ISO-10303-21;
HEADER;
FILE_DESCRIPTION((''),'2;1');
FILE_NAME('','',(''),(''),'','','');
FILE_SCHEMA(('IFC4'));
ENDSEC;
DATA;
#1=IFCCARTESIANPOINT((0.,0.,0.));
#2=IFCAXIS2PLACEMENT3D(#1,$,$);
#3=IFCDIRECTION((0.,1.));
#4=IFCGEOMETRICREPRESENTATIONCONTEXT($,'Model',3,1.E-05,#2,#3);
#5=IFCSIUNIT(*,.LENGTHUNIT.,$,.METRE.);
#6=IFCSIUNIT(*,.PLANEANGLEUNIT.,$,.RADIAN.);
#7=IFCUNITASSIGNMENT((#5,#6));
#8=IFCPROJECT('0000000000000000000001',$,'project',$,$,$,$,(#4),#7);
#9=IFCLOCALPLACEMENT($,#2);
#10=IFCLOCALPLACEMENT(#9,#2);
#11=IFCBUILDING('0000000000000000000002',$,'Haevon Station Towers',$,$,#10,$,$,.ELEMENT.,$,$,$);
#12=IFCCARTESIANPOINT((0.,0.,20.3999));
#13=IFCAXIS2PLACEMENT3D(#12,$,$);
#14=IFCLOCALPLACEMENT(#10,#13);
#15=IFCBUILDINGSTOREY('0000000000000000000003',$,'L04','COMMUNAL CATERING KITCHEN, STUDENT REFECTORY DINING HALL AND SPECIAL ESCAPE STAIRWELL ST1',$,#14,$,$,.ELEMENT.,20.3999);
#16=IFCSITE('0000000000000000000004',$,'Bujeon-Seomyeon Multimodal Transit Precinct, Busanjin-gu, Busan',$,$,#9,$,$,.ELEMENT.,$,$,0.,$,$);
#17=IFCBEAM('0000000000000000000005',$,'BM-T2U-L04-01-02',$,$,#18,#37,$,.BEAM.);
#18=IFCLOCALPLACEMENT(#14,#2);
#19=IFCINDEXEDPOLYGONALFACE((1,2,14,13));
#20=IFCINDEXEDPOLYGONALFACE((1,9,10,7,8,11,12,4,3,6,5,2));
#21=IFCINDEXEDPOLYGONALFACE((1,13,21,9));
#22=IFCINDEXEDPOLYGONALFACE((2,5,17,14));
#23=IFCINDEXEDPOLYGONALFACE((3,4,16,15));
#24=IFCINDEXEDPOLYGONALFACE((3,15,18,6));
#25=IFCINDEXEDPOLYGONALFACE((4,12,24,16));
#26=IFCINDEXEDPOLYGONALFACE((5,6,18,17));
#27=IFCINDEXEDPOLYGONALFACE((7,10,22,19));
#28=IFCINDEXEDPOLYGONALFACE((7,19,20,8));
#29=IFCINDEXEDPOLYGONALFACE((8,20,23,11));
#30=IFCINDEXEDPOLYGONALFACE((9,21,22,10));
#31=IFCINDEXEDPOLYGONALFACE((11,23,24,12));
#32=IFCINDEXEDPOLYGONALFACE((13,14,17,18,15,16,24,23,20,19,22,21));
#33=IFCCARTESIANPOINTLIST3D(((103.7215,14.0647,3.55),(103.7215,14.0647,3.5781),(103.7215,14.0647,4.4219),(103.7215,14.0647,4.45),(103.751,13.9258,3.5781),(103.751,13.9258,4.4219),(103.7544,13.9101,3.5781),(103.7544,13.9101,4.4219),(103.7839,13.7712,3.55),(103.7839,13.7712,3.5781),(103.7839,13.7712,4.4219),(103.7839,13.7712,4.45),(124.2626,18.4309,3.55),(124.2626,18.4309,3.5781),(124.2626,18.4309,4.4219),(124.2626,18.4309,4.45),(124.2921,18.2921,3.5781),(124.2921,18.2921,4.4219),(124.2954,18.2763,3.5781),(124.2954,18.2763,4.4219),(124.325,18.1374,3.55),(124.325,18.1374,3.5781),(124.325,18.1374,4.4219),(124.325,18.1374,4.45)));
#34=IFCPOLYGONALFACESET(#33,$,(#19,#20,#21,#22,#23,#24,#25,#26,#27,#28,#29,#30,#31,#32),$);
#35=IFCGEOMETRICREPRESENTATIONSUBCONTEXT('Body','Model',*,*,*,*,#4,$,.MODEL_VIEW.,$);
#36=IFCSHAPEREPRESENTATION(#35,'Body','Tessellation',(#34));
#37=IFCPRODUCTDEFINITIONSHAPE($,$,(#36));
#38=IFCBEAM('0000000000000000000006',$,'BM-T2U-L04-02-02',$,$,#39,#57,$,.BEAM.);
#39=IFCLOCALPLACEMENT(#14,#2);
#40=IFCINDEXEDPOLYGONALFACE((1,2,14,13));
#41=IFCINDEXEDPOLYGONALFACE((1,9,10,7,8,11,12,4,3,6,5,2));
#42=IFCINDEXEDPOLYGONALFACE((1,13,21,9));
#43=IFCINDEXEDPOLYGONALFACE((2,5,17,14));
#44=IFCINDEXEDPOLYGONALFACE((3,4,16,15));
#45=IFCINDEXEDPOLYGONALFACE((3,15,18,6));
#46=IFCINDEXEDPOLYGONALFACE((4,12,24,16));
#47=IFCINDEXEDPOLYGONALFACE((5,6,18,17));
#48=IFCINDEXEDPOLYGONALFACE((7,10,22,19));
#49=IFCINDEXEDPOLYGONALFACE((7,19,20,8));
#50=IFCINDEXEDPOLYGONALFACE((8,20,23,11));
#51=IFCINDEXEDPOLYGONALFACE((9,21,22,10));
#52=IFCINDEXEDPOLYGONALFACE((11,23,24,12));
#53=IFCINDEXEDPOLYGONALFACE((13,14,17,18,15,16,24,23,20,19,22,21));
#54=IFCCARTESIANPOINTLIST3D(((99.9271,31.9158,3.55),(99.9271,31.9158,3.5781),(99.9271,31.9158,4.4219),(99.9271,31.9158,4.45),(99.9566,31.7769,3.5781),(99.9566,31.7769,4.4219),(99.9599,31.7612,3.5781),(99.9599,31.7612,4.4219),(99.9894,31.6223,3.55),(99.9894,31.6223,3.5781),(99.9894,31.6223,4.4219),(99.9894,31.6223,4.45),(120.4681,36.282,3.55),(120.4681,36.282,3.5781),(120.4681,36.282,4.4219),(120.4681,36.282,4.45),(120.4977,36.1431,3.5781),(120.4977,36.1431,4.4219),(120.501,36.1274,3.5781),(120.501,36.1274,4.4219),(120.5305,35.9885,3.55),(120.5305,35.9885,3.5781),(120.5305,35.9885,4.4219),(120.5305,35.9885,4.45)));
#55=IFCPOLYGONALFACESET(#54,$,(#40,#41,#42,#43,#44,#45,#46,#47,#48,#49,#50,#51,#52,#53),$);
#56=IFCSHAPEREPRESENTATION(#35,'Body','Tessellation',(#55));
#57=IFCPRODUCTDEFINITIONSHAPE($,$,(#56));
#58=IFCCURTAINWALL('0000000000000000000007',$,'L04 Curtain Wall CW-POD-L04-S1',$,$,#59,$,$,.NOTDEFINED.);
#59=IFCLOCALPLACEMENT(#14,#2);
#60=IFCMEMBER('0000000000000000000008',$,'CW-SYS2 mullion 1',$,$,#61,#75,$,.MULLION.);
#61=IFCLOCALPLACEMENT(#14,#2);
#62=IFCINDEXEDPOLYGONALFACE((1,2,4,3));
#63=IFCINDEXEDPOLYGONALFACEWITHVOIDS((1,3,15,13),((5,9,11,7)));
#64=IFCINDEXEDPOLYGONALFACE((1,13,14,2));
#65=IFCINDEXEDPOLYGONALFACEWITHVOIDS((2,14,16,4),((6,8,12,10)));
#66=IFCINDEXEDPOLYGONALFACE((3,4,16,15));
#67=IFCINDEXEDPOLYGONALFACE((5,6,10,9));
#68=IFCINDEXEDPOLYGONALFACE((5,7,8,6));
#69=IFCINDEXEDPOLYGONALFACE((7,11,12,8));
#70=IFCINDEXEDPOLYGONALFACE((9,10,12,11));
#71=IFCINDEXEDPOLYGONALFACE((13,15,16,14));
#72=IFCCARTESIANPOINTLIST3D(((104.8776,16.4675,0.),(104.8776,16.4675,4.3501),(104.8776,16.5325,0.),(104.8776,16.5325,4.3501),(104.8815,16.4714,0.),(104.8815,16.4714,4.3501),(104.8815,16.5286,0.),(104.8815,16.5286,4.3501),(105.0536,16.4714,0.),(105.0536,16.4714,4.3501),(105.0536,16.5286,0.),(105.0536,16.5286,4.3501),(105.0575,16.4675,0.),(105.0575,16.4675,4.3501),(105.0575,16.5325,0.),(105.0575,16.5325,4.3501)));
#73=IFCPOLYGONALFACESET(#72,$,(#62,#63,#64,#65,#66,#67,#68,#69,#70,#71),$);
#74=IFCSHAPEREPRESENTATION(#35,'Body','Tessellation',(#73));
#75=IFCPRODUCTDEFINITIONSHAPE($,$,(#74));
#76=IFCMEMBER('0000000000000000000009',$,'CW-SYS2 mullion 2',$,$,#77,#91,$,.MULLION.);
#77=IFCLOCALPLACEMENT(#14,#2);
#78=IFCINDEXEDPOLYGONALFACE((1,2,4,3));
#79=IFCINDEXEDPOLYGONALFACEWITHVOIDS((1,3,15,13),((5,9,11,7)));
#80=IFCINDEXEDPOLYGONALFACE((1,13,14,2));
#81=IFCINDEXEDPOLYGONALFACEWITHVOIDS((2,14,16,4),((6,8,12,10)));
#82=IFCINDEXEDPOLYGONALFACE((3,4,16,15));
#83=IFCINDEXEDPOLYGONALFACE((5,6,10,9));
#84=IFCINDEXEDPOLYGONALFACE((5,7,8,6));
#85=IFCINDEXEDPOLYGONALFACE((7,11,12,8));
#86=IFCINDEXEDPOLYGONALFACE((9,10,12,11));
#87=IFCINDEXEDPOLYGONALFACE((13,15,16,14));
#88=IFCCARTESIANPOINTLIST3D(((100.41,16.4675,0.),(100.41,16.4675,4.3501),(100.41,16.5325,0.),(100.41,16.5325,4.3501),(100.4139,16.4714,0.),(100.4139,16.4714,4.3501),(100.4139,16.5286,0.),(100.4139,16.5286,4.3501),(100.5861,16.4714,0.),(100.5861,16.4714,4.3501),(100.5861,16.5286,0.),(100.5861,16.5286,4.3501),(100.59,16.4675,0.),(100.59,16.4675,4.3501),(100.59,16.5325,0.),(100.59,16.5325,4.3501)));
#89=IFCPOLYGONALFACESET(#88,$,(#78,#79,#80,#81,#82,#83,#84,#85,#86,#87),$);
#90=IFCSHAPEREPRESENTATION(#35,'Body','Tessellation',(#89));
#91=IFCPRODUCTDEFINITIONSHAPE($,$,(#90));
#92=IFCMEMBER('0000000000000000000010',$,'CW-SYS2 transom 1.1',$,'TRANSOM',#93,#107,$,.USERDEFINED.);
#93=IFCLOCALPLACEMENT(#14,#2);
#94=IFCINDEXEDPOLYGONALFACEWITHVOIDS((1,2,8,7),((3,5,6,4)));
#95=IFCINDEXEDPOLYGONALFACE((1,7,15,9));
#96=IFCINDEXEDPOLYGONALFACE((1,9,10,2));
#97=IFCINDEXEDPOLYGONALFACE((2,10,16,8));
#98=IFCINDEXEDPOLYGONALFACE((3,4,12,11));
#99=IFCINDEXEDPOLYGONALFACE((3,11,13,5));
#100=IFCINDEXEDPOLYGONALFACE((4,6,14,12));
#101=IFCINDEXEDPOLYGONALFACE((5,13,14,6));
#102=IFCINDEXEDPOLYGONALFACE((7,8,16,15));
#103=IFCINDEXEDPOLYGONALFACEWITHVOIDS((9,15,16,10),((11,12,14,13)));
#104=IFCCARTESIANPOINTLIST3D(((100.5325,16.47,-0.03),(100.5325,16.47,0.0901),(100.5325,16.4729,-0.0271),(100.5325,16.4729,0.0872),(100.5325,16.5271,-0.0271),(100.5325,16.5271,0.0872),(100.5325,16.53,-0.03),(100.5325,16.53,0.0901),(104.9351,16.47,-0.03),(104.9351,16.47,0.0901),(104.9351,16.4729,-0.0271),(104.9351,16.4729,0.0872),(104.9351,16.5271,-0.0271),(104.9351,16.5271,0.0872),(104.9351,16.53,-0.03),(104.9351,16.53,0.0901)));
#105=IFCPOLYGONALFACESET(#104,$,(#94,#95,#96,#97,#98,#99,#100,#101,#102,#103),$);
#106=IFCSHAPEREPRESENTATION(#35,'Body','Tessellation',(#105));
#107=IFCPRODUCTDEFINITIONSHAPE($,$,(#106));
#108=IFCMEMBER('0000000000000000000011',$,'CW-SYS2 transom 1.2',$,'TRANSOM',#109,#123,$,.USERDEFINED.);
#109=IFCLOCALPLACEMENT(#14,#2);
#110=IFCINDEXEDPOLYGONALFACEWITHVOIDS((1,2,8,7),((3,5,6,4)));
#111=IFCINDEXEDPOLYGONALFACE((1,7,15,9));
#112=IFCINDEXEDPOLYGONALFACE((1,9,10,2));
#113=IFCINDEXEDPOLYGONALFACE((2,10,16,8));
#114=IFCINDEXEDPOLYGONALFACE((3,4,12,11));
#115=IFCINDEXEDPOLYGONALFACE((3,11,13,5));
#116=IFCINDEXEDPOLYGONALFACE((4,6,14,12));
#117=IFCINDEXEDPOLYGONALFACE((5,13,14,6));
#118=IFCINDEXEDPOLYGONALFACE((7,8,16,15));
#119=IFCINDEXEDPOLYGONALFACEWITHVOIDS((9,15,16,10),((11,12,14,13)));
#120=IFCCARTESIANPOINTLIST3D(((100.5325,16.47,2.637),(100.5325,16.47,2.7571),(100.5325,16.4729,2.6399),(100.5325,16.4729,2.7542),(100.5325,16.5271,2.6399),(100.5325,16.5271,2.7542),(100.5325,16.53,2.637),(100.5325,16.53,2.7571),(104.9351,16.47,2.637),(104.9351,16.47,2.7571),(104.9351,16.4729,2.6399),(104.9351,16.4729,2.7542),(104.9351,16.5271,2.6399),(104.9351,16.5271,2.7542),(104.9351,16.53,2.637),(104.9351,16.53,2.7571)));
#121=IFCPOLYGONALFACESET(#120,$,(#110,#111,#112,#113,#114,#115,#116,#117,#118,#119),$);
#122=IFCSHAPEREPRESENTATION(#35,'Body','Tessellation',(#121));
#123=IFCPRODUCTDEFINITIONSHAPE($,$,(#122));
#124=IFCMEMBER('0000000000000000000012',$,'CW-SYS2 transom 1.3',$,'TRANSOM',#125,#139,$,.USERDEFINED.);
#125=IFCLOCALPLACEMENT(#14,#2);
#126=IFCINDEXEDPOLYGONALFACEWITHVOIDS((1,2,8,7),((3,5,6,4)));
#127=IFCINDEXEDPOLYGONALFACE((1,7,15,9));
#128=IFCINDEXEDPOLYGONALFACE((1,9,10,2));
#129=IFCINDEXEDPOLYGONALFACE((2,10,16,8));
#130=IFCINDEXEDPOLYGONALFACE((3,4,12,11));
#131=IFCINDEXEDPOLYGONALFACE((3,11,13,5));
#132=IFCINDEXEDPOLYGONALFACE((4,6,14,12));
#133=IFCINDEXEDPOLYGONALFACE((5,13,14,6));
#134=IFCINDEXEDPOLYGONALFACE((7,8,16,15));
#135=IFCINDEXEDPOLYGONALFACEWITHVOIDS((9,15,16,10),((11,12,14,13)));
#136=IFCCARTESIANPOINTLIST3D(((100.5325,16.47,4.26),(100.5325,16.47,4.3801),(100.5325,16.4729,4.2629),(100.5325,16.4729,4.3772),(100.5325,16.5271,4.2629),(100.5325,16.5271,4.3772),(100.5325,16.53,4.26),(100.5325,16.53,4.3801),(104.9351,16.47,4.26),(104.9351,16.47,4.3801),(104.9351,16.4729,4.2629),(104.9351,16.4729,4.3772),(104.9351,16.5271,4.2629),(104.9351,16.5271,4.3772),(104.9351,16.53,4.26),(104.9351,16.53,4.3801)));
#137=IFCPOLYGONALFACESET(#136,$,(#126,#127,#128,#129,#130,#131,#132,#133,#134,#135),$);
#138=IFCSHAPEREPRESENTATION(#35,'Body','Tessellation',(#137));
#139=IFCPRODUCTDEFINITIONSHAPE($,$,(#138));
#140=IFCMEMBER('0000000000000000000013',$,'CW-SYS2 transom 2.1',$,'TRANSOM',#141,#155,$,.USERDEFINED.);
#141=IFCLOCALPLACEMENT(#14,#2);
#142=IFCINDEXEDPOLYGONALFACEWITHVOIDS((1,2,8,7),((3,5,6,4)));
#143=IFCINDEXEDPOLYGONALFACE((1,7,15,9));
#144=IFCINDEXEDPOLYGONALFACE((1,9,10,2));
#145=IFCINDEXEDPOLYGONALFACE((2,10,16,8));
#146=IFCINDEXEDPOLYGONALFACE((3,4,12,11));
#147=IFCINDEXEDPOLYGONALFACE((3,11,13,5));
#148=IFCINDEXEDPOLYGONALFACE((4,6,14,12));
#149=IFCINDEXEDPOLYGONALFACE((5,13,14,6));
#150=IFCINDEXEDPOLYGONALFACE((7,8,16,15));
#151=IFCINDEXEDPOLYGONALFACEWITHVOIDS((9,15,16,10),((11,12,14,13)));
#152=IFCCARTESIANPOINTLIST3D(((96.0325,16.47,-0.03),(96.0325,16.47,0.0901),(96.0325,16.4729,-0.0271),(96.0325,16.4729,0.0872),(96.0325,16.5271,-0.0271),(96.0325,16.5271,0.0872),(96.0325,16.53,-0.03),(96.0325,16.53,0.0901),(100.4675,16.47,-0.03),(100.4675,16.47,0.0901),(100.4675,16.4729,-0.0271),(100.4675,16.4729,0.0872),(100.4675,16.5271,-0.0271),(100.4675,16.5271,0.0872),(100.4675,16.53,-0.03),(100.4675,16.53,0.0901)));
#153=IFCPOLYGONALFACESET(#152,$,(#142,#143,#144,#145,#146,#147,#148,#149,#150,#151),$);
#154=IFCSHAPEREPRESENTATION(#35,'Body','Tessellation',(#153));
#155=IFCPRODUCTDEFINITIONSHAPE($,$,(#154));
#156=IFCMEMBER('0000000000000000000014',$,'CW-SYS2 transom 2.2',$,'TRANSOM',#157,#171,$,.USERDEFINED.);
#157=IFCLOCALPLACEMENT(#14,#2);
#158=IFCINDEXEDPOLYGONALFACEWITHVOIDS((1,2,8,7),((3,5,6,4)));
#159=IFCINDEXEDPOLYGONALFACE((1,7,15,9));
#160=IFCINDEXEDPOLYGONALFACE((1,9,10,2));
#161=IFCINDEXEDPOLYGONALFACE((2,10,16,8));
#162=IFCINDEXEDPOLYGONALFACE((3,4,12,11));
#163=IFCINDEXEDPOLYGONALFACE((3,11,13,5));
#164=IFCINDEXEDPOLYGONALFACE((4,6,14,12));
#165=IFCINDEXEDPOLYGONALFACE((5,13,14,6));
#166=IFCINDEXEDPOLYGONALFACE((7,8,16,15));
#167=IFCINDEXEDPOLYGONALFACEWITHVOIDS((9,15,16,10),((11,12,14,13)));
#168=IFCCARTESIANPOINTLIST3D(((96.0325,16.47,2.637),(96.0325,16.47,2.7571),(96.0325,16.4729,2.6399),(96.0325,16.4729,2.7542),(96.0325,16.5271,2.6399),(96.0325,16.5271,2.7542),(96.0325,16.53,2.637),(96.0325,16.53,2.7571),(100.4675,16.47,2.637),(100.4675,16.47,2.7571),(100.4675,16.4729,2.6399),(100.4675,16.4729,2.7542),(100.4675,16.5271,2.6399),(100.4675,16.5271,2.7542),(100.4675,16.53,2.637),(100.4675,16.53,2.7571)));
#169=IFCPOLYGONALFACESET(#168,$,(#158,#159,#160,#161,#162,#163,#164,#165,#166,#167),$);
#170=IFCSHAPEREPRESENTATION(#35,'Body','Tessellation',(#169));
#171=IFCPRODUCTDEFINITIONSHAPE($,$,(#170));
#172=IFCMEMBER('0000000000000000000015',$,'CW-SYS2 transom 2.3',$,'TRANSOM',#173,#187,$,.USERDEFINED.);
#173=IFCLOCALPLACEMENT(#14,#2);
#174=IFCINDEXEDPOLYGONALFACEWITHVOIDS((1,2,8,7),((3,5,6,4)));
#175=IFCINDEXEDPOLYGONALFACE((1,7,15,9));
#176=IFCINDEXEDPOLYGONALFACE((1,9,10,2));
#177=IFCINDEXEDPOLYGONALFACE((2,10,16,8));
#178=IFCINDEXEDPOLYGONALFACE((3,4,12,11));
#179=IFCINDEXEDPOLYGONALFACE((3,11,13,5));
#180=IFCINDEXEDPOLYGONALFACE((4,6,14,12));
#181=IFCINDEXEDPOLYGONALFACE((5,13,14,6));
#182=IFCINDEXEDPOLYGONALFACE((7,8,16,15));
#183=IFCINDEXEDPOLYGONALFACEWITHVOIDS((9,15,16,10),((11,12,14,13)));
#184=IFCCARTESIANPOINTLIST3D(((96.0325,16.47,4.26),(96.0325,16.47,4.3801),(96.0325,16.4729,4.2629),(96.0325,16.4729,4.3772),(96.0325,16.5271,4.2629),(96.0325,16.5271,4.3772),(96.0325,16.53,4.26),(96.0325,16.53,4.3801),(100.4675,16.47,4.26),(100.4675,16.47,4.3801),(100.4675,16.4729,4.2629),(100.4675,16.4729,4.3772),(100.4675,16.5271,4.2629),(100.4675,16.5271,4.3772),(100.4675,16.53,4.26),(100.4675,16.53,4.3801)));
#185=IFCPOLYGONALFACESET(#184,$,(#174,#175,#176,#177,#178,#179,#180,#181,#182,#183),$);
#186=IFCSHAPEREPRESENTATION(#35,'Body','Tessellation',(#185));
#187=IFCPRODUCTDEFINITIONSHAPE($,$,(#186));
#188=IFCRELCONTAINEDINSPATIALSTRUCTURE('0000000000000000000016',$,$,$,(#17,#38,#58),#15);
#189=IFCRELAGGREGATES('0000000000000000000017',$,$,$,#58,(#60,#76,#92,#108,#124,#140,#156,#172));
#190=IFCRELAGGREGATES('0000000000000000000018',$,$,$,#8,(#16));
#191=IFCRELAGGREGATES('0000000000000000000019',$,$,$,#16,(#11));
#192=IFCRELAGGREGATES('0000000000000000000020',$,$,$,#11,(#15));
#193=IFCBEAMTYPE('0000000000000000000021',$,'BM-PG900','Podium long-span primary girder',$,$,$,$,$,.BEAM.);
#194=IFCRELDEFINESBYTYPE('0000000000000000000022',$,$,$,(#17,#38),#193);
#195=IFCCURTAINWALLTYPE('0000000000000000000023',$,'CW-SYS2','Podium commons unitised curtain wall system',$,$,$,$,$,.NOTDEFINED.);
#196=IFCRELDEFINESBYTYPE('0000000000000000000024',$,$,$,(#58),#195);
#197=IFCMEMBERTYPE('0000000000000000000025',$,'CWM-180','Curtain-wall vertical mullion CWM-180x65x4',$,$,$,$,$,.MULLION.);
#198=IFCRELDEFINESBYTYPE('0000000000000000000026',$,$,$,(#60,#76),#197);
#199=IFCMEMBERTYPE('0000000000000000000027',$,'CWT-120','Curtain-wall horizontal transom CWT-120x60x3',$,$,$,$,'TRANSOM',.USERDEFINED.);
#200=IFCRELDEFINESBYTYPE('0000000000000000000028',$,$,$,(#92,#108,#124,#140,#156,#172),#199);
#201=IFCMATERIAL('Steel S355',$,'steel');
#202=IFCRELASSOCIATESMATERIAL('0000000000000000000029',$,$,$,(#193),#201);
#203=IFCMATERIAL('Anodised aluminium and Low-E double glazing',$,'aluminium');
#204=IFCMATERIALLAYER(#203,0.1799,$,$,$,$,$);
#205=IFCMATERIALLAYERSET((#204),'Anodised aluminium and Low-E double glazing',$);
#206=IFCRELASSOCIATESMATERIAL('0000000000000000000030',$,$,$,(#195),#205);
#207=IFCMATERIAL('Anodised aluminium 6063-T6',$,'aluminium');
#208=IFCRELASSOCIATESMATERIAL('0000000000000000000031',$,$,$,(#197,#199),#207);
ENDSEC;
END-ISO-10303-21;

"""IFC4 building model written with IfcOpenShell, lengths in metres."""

from ifc_helpers import new_model, si_unit, direction, frame, origin, origin_2d, place, context, subcontext, project, spatial, hollow_rectangle, i_section, extrude, material, layer, layer_set, material_profile, profile_set, type_object, element, aggregate, save


model = new_model("IFC4")

# Units and contexts
model_context = context("Model", 3, precision=1e-05, world=origin(), true_north=direction((0.0, 1.0)))
body_context = subcontext(model_context, "Body", "Model", "MODEL_VIEW")
ifc_project = project(units=[si_unit("LENGTHUNIT", "METRE"), si_unit("PLANEANGLEUNIT", "RADIAN")], contexts=[model_context])

# Site, building, storey
site_placement = place(None, origin())
site = spatial("IfcSite", under=ifc_project, at=site_placement, Name="Bujeon-Seomyeon Multimodal Transit Precinct, Busanjin-gu, Busan", CompositionType="ELEMENT", RefElevation=0.0)
building_placement = place(site_placement, origin())
building = spatial("IfcBuilding", under=site, at=building_placement, Name="Haevon Station Towers", CompositionType="ELEMENT")
storey_placement = place(building_placement, frame((0.0, 0.0, 20.3999)))
storey = spatial("IfcBuildingStorey", under=building, at=storey_placement, Name="L04", Description="COMMUNAL CATERING KITCHEN, STUDENT REFECTORY DINING HALL AND SPECIAL ESCAPE STAIRWELL ST1", CompositionType="ELEMENT", Elevation=20.3999)

# Beams
ifc_material_1 = material(Name="Steel S355", Category="steel")
ifc_material_profile_1 = material_profile(ifc_material_1, i_section(OverallWidth=0.3, OverallDepth=0.8999, WebThickness=0.0161, FlangeThickness=0.0281, at=origin_2d()), Name="H-900x300x16x28")
ifc_profile_set_1 = profile_set([ifc_material_profile_1], Name="Steel S355")
beam_type_1 = type_object("IfcBeamType", Name="BM-PG900", Description="Podium long-span primary girder", PredefinedType="BEAM", material=ifc_profile_set_1)
for number, where, z_axis, x_axis, name in (
    (1, (103.7527, 13.918, 4.0), (0.978147, 0.207915, 0.0), (-0.207915, 0.978147, 0.0), "BM-T2U-L04-01-02"),
    (2, (99.9583, 31.769, 4.0), (0.978147, 0.207915, 0.0), (-0.207915, 0.978147, 0.0), "BM-T2U-L04-02-02"),
):
    element("IfcBeam", number, at=place(storey_placement, frame(where, z_axis=z_axis, x_axis=x_axis)), inside=storey, type_object=beam_type_1, Name=name, PredefinedType="BEAM", context=body_context, shape_type="SweptSolid", body=[
        extrude(i_section(OverallWidth=0.3, OverallDepth=0.8999, WebThickness=0.0161, FlangeThickness=0.0281, at=origin_2d()), origin(), (0.0, 0.0, 1.0), 21.0),
    ])

# Curtain wall, members
ifc_material_2 = material(Name="Anodised aluminium and Low-E double glazing", Category="aluminium")
ifc_layer_1 = layer(ifc_material_2, 0.1799)
ifc_layer_set_1 = layer_set([ifc_layer_1], Name="Anodised aluminium and Low-E double glazing")
curtain_wall_type = type_object("IfcCurtainWallType", Name="CW-SYS2", Description="Podium commons unitised curtain wall system", PredefinedType="NOTDEFINED", material=ifc_layer_set_1)
curtain_wall_placement = place(storey_placement, origin())
curtain_wall = element("IfcCurtainWall", 3, at=curtain_wall_placement, inside=storey, type_object=curtain_wall_type, Name="L04 Curtain Wall CW-POD-L04-S1", PredefinedType="NOTDEFINED")
ifc_material_3 = material(Name="Anodised aluminium 6063-T6", Category="aluminium")
ifc_material_profile_2 = material_profile(ifc_material_3, hollow_rectangle(XDim=0.0649, YDim=0.1799, WallThickness=0.0039, at=origin_2d()), Name="CWM-180x65x4")
ifc_profile_set_2 = profile_set([ifc_material_profile_2], Name="Anodised aluminium 6063-T6")
member_type_1 = type_object("IfcMemberType", Name="CWM-180", Description="Curtain-wall vertical mullion CWM-180x65x4", PredefinedType="MULLION", material=ifc_profile_set_2)
member_1_placement = place(storey_placement, frame((104.9675, 16.5, 0.0), z_axis=(0.0, 0.0, 1.0), x_axis=(0.0, -1.0, 0.0)))
member_1 = element("IfcMember", 4, at=member_1_placement, type_object=member_type_1, Name="CW-SYS2 mullion 1", PredefinedType="MULLION", context=body_context, shape_type="SweptSolid", body=[
    extrude(hollow_rectangle(XDim=0.0649, YDim=0.1799, WallThickness=0.0039, at=origin_2d()), origin(), (0.0, 0.0, 1.0), 4.3501),
])
member_2_placement = place(storey_placement, frame((100.5, 16.5, 0.0), z_axis=(0.0, 0.0, 1.0), x_axis=(0.0, -1.0, 0.0)))
member_2 = element("IfcMember", 5, at=member_2_placement, type_object=member_type_1, Name="CW-SYS2 mullion 2", PredefinedType="MULLION", context=body_context, shape_type="SweptSolid", body=[
    extrude(hollow_rectangle(XDim=0.0649, YDim=0.1799, WallThickness=0.0039, at=origin_2d()), origin(), (0.0, 0.0, 1.0), 4.3501),
])
ifc_material_profile_3 = material_profile(ifc_material_3, hollow_rectangle(XDim=0.0601, YDim=0.1201, WallThickness=0.0029, at=origin_2d()), Name="CWT-120x60x3")
ifc_profile_set_3 = profile_set([ifc_material_profile_3], Name="Anodised aluminium 6063-T6")
member_type_2 = type_object("IfcMemberType", Name="CWT-120", Description="Curtain-wall horizontal transom CWT-120x60x3", ElementType="TRANSOM", PredefinedType="USERDEFINED", material=ifc_profile_set_3)
member_3_placement = place(storey_placement, frame((104.9351, 16.5, 0.03), z_axis=(-1.0, 0.0, 0.0), x_axis=(0.0, -1.0, 0.0)))
member_3 = element("IfcMember", 6, at=member_3_placement, type_object=member_type_2, Name="CW-SYS2 transom 1.1", ObjectType="TRANSOM", PredefinedType="USERDEFINED", context=body_context, shape_type="SweptSolid", body=[
    extrude(hollow_rectangle(XDim=0.0601, YDim=0.1201, WallThickness=0.0029, at=origin_2d()), origin(), (0.0, 0.0, 1.0), 4.4026),
])
member_4_placement = place(storey_placement, frame((104.9351, 16.5, 2.697), z_axis=(-1.0, 0.0, 0.0), x_axis=(0.0, -1.0, 0.0)))
member_4 = element("IfcMember", 7, at=member_4_placement, type_object=member_type_2, Name="CW-SYS2 transom 1.2", ObjectType="TRANSOM", PredefinedType="USERDEFINED", context=body_context, shape_type="SweptSolid", body=[
    extrude(hollow_rectangle(XDim=0.0601, YDim=0.1201, WallThickness=0.0029, at=origin_2d()), origin(), (0.0, 0.0, 1.0), 4.4026),
])
member_5_placement = place(storey_placement, frame((104.9351, 16.5, 4.3201), z_axis=(-1.0, 0.0, 0.0), x_axis=(0.0, -1.0, 0.0)))
member_5 = element("IfcMember", 8, at=member_5_placement, type_object=member_type_2, Name="CW-SYS2 transom 1.3", ObjectType="TRANSOM", PredefinedType="USERDEFINED", context=body_context, shape_type="SweptSolid", body=[
    extrude(hollow_rectangle(XDim=0.0601, YDim=0.1201, WallThickness=0.0029, at=origin_2d()), origin(), (0.0, 0.0, 1.0), 4.4026),
])
member_6_placement = place(storey_placement, frame((100.4675, 16.5, 0.03), z_axis=(-1.0, 0.0, 0.0), x_axis=(0.0, -1.0, 0.0)))
member_6 = element("IfcMember", 9, at=member_6_placement, type_object=member_type_2, Name="CW-SYS2 transom 2.1", ObjectType="TRANSOM", PredefinedType="USERDEFINED", context=body_context, shape_type="SweptSolid", body=[
    extrude(hollow_rectangle(XDim=0.0601, YDim=0.1201, WallThickness=0.0029, at=origin_2d()), origin(), (0.0, 0.0, 1.0), 4.4351),
])
member_7_placement = place(storey_placement, frame((100.4675, 16.5, 2.697), z_axis=(-1.0, 0.0, 0.0), x_axis=(0.0, -1.0, 0.0)))
member_7 = element("IfcMember", 10, at=member_7_placement, type_object=member_type_2, Name="CW-SYS2 transom 2.2", ObjectType="TRANSOM", PredefinedType="USERDEFINED", context=body_context, shape_type="SweptSolid", body=[
    extrude(hollow_rectangle(XDim=0.0601, YDim=0.1201, WallThickness=0.0029, at=origin_2d()), origin(), (0.0, 0.0, 1.0), 4.4351),
])
member_8_placement = place(storey_placement, frame((100.4675, 16.5, 4.3201), z_axis=(-1.0, 0.0, 0.0), x_axis=(0.0, -1.0, 0.0)))
member_8 = element("IfcMember", 11, at=member_8_placement, type_object=member_type_2, Name="CW-SYS2 transom 2.3", ObjectType="TRANSOM", PredefinedType="USERDEFINED", context=body_context, shape_type="SweptSolid", body=[
    extrude(hollow_rectangle(XDim=0.0601, YDim=0.1201, WallThickness=0.0029, at=origin_2d()), origin(), (0.0, 0.0, 1.0), 4.4351),
])
aggregate(curtain_wall, [member_1, member_2, member_3, member_4, member_5, member_6, member_7, member_8])

save(model, "model.ifc")
